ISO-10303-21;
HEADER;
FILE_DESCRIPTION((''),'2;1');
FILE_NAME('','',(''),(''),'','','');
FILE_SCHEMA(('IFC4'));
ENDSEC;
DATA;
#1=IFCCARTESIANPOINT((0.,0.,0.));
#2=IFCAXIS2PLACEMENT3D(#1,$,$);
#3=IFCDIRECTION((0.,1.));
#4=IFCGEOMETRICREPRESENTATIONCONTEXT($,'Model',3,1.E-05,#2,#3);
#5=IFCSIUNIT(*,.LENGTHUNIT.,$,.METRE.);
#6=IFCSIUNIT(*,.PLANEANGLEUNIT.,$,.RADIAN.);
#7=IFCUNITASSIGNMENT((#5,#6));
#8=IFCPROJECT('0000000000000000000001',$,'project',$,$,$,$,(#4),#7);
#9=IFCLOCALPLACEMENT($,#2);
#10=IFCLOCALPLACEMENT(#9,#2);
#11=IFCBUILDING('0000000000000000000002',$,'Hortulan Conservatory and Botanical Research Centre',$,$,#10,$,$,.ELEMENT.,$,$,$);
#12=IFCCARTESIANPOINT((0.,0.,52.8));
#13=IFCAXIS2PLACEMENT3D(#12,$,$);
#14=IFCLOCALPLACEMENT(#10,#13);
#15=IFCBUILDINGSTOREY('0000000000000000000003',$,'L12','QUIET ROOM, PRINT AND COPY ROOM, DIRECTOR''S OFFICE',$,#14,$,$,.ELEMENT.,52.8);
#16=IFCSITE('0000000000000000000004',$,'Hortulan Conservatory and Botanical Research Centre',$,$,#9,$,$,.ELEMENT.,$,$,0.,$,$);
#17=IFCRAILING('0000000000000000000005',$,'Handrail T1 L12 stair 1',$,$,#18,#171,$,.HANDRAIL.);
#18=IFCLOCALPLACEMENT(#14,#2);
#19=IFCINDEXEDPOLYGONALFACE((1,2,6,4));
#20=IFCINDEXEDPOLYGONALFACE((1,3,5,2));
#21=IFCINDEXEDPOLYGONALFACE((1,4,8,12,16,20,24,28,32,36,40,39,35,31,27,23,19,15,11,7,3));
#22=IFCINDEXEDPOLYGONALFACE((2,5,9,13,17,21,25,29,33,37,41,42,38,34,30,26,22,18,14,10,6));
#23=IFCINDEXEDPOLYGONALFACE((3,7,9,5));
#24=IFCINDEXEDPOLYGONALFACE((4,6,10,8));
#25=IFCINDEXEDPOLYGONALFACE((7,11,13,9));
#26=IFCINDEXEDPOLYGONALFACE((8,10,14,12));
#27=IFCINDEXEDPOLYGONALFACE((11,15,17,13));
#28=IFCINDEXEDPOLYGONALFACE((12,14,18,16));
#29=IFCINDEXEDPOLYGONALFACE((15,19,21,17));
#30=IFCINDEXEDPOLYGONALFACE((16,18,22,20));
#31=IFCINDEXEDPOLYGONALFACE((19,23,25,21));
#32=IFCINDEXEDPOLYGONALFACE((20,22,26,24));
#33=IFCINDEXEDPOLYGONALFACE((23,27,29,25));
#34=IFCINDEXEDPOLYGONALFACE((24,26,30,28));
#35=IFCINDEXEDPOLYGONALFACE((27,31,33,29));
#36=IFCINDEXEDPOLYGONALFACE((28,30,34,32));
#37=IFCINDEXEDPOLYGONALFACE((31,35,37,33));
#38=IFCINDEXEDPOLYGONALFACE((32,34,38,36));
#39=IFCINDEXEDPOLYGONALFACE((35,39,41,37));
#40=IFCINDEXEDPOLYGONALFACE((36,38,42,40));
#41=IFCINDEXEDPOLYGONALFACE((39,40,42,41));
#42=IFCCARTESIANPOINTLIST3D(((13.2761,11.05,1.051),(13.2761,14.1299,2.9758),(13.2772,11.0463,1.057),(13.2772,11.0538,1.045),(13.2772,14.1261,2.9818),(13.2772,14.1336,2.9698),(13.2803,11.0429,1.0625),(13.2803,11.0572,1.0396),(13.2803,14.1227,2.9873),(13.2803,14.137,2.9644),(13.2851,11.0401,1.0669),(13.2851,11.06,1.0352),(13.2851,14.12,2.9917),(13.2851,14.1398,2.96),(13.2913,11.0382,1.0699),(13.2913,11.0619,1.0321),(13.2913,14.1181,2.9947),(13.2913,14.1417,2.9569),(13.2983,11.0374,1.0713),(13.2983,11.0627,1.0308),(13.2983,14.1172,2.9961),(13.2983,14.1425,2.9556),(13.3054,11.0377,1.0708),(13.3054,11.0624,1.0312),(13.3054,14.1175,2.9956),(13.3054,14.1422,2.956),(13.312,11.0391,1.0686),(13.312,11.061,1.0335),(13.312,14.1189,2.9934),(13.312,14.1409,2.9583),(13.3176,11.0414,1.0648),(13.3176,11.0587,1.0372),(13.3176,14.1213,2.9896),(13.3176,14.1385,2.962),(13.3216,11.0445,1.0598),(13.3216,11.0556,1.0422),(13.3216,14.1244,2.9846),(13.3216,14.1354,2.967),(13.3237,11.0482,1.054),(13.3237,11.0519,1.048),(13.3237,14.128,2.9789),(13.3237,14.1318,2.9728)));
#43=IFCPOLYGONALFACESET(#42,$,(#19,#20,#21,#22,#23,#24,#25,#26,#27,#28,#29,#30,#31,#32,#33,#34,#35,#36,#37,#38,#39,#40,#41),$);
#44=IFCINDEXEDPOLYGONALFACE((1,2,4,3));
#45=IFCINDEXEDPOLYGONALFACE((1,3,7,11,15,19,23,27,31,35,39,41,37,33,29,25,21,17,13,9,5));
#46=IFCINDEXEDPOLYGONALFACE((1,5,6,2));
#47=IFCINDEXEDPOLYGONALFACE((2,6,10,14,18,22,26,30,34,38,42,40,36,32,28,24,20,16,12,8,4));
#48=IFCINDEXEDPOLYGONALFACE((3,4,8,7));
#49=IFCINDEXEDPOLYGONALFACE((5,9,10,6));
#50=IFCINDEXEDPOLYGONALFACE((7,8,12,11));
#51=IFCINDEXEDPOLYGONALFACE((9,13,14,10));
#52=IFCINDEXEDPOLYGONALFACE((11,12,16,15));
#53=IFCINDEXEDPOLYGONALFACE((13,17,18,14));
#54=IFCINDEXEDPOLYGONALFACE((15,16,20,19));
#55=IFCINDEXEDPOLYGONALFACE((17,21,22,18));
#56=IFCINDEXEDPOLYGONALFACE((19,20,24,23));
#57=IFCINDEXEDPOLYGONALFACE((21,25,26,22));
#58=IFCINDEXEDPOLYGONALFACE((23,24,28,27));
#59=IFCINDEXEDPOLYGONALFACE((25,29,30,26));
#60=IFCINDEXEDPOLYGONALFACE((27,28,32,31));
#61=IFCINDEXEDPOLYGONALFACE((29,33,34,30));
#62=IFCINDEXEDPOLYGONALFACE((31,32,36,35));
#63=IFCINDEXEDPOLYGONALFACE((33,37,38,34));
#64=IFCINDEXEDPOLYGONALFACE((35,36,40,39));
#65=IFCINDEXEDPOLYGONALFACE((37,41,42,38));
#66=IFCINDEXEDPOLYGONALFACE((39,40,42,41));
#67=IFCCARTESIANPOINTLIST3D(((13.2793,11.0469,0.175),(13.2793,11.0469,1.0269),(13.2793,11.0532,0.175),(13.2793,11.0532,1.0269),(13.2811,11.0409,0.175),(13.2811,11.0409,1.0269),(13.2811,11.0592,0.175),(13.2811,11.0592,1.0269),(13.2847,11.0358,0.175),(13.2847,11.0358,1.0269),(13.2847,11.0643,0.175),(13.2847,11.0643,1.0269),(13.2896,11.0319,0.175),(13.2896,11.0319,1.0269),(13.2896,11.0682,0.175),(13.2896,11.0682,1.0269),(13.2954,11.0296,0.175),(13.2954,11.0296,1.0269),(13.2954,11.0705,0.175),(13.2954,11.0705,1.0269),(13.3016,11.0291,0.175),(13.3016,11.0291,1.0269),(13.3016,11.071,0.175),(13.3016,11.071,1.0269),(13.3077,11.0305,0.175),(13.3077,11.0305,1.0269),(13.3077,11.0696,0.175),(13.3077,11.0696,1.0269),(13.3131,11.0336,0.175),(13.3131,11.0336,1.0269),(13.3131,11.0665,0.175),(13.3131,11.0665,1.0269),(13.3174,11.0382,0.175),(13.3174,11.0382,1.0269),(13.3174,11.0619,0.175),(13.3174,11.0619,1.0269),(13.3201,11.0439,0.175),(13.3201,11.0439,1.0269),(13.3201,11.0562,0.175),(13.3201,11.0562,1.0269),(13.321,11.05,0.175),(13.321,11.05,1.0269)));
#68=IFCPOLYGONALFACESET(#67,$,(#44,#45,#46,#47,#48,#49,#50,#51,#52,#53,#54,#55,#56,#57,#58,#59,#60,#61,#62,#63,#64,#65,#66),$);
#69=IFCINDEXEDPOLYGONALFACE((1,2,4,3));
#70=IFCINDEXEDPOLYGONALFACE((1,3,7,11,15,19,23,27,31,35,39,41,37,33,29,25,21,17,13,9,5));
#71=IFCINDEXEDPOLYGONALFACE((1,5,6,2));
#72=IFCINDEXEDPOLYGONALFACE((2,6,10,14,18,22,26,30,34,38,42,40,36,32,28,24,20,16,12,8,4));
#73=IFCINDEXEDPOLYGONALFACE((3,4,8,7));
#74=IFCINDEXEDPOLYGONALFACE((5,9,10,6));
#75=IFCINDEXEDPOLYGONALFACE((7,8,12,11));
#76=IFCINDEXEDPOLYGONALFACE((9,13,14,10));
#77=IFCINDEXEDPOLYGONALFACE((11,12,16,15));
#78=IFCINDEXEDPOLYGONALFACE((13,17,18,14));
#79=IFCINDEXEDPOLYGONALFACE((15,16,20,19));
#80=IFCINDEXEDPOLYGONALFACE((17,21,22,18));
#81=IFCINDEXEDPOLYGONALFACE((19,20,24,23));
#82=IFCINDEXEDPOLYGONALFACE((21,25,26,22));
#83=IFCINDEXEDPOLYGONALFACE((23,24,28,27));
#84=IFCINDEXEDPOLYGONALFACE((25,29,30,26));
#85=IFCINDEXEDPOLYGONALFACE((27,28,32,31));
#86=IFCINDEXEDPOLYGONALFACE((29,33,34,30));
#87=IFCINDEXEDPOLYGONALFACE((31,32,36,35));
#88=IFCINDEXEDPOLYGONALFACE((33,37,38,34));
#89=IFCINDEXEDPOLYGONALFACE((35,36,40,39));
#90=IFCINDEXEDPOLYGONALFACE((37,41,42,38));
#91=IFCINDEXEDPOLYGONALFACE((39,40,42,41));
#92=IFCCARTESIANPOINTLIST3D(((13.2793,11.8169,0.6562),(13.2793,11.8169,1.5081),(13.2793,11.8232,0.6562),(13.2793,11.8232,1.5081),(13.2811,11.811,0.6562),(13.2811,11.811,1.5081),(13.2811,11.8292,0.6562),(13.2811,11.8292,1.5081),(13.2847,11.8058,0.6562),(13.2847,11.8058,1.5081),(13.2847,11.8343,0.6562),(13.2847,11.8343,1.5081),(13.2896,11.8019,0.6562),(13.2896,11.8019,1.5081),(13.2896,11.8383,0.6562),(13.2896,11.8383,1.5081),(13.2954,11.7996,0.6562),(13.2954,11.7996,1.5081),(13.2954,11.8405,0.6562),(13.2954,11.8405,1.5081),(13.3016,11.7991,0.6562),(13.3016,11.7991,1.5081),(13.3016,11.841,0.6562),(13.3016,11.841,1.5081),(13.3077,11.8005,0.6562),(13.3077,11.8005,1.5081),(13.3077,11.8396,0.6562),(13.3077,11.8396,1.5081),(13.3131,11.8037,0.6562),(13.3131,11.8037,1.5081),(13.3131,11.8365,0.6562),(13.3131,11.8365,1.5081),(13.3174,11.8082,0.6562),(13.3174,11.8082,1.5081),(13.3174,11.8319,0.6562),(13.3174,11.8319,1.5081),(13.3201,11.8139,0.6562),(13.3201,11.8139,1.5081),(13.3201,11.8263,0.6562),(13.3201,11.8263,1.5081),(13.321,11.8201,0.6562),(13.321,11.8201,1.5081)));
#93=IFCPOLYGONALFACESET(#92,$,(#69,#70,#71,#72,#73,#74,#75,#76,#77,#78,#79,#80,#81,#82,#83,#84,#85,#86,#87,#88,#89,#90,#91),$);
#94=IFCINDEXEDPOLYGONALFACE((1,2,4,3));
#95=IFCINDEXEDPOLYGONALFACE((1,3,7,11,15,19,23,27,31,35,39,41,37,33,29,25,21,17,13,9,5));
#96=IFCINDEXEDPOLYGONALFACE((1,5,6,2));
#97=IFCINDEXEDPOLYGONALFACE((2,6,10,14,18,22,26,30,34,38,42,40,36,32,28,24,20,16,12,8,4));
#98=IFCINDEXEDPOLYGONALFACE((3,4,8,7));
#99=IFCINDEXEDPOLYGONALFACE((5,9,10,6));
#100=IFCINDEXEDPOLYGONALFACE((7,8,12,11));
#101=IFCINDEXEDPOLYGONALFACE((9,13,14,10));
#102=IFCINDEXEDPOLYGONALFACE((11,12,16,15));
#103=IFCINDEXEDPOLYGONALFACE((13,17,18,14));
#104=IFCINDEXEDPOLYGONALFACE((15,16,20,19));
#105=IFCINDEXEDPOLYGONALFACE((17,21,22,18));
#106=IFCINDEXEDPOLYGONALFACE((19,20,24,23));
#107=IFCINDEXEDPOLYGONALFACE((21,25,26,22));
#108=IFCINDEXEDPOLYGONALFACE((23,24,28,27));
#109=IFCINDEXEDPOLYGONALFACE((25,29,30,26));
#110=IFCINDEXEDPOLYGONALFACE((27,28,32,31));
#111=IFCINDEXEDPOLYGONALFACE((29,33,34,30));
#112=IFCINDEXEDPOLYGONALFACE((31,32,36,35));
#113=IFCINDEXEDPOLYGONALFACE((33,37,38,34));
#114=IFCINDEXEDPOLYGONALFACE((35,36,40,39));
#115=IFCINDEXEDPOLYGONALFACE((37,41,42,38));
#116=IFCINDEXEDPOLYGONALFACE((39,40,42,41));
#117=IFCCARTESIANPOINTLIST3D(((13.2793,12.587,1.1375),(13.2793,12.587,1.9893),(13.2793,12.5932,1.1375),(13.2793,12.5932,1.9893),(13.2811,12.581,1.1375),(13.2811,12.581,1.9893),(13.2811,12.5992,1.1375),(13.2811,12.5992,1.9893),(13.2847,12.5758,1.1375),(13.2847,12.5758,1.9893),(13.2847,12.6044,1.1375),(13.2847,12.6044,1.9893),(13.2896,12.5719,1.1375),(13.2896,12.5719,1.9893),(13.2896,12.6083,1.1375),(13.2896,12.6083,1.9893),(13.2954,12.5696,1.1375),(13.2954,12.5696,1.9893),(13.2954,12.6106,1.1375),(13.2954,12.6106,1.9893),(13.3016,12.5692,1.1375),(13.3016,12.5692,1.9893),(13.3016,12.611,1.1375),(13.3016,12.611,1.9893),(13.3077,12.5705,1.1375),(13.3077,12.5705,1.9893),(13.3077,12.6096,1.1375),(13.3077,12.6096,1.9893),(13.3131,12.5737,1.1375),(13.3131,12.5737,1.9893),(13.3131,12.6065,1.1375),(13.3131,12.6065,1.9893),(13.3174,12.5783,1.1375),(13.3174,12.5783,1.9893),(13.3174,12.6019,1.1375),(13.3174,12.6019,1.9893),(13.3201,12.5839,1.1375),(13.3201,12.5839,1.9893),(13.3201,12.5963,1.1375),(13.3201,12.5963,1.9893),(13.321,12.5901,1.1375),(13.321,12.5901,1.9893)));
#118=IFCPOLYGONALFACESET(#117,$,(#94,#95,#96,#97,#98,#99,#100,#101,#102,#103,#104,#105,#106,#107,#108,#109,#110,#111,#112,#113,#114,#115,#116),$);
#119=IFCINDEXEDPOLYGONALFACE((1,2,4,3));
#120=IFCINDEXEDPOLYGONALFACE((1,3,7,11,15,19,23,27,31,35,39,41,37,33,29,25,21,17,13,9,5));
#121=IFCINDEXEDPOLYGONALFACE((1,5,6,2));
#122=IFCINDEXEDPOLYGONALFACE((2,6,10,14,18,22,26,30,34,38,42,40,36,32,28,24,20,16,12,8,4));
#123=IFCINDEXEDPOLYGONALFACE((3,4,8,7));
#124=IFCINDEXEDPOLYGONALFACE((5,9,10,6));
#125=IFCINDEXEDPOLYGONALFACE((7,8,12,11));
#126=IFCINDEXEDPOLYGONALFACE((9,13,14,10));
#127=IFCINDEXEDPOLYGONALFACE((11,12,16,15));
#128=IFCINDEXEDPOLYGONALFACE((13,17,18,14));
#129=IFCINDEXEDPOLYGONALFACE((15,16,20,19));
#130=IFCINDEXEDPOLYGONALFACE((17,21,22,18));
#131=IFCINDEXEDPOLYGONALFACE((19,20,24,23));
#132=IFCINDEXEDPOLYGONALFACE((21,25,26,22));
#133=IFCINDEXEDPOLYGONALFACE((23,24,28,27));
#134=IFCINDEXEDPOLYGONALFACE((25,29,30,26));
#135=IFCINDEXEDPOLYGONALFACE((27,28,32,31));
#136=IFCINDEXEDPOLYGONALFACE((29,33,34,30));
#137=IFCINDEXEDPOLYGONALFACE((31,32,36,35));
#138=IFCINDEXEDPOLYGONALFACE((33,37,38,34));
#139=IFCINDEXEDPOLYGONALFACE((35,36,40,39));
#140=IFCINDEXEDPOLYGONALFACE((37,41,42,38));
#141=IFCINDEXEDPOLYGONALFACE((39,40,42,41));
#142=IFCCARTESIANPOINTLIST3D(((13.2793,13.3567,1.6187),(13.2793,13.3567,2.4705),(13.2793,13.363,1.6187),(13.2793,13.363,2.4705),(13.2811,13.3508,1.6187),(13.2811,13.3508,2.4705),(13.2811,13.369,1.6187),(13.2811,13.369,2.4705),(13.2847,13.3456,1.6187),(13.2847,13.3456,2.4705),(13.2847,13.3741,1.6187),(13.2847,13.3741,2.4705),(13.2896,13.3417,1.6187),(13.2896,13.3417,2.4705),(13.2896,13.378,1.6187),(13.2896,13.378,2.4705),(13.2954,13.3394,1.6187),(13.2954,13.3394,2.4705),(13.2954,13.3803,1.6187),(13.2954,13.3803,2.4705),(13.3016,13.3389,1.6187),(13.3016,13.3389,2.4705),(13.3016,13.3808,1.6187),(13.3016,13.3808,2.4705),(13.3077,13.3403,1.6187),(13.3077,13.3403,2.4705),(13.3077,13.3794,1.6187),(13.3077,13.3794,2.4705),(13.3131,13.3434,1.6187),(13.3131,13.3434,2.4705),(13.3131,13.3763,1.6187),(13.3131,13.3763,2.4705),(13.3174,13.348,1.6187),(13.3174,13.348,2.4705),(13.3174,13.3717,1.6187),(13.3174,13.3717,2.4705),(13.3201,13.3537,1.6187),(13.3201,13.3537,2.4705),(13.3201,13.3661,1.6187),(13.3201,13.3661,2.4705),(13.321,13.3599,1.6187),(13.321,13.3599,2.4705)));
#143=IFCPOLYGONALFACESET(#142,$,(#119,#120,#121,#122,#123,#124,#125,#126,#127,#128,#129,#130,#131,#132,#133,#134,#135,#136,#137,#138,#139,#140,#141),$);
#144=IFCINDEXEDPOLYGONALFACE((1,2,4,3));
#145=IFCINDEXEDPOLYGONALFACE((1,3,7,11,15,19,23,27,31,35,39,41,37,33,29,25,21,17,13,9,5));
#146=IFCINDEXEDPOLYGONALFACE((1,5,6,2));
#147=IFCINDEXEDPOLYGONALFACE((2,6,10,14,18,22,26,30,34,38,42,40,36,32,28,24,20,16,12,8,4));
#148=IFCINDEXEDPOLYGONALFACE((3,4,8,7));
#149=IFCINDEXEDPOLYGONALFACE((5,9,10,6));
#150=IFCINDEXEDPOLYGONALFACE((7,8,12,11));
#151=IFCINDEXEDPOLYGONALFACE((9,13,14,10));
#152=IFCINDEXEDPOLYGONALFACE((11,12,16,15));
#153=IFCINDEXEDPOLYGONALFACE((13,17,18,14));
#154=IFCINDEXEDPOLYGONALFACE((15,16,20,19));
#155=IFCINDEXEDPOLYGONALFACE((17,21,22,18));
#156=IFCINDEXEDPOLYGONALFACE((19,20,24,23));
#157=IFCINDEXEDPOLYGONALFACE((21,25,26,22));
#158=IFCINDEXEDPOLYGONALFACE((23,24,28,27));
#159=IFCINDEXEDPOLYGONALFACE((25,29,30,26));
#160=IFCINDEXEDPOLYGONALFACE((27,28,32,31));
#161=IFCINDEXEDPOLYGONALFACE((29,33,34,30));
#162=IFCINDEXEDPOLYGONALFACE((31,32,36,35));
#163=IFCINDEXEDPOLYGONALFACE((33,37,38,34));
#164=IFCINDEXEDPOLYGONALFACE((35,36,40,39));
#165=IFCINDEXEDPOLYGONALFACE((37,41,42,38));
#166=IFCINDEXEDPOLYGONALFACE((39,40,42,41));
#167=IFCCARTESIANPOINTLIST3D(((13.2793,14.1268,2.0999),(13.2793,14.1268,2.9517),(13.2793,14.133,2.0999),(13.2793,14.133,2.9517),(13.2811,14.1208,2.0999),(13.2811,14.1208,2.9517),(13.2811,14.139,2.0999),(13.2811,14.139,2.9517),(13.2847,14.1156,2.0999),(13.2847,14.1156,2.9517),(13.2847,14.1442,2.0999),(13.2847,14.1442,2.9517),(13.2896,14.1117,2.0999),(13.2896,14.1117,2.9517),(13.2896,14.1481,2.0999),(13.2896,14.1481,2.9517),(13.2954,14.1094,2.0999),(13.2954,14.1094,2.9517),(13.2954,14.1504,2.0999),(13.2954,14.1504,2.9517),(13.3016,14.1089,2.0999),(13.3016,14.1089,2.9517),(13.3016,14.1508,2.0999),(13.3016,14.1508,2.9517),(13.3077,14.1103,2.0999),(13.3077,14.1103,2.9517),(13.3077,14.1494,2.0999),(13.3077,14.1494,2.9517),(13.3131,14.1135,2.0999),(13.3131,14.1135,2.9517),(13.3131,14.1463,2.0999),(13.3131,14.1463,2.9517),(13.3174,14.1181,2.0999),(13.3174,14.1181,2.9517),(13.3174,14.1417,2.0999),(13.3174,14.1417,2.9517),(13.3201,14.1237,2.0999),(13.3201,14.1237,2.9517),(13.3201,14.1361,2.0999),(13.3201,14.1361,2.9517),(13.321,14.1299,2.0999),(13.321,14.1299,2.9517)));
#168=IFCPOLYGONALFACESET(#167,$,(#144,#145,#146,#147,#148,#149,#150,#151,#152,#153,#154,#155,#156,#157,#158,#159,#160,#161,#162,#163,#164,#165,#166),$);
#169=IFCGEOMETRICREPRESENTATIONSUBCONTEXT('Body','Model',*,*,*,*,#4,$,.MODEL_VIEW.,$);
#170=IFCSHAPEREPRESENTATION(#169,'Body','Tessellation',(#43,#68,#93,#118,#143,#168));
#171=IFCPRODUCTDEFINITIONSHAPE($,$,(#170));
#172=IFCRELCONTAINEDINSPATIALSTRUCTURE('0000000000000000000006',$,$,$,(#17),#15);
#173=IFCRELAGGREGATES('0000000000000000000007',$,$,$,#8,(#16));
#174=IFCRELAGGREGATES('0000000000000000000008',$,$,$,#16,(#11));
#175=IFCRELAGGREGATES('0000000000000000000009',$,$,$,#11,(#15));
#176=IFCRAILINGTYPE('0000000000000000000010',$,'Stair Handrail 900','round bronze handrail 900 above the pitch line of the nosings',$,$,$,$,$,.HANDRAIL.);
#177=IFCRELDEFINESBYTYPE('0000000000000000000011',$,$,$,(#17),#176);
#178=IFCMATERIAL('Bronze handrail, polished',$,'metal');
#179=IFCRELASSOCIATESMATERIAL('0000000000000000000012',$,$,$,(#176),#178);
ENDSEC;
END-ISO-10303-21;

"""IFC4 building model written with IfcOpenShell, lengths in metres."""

from ifc_helpers import new_model, si_unit, direction, frame, origin, origin_2d, place, context, subcontext, project, spatial, circle, extrude, material, type_object, element, save


model = new_model("IFC4")

# Units and contexts
model_context = context("Model", 3, precision=1e-05, world=origin(), true_north=direction((0.0, 1.0)))
body_context = subcontext(model_context, "Body", "Model", "MODEL_VIEW")
ifc_project = project(units=[si_unit("LENGTHUNIT", "METRE"), si_unit("PLANEANGLEUNIT", "RADIAN")], contexts=[model_context])

# Site, building, storey
site_placement = place(None, origin())
site = spatial("IfcSite", under=ifc_project, at=site_placement, Name="Hortulan Conservatory and Botanical Research Centre", CompositionType="ELEMENT", RefElevation=0.0)
building_placement = place(site_placement, origin())
building = spatial("IfcBuilding", under=site, at=building_placement, Name="Hortulan Conservatory and Botanical Research Centre", CompositionType="ELEMENT")
storey_placement = place(building_placement, frame((0.0, 0.0, 52.8)))
storey = spatial("IfcBuildingStorey", under=building, at=storey_placement, Name="L12", Description="QUIET ROOM, PRINT AND COPY ROOM, DIRECTOR'S OFFICE", CompositionType="ELEMENT", Elevation=52.8)

# Railing
ifc_material_1 = material(Name="Bronze handrail, polished", Category="metal")
railing_type_1 = type_object("IfcRailingType", Name="Stair Handrail 900", Description="round bronze handrail 900 above the pitch line of the nosings", PredefinedType="HANDRAIL", material=ifc_material_1)
railing_1_placement = place(storey_placement, frame((13.3, 11.05, 0.175)))
element("IfcRailing", 1, at=railing_1_placement, inside=storey, type_object=railing_type_1, Name="Handrail T1 L12 stair 1", PredefinedType="HANDRAIL", context=body_context, shape_type="SweptSolid", body=[
    extrude(circle(Radius=0.0239, at=origin_2d()), frame((0.0, 0.0, 0.876), z_axis=(0.0, 0.84801, 0.529981), x_axis=(-1.0, 0.0, 0.0)), (0.0, 0.0, 1.0), 3.6318),
    extrude(circle(Radius=0.021, at=origin_2d()), origin(), (0.0, 0.0, 1.0), 0.8518),
    extrude(circle(Radius=0.021, at=origin_2d()), frame((0.0, 0.77, 0.4812)), (0.0, 0.0, 1.0), 0.8518),
    extrude(circle(Radius=0.021, at=origin_2d()), frame((0.0, 1.54, 0.9624)), (0.0, 0.0, 1.0), 0.8518),
    extrude(circle(Radius=0.021, at=origin_2d()), frame((0.0, 2.3098, 1.4436)), (0.0, 0.0, 1.0), 0.8518),
    extrude(circle(Radius=0.021, at=origin_2d()), frame((0.0, 3.0798, 1.9248)), (0.0, 0.0, 1.0), 0.8518),
])

save(model, "model.ifc")
